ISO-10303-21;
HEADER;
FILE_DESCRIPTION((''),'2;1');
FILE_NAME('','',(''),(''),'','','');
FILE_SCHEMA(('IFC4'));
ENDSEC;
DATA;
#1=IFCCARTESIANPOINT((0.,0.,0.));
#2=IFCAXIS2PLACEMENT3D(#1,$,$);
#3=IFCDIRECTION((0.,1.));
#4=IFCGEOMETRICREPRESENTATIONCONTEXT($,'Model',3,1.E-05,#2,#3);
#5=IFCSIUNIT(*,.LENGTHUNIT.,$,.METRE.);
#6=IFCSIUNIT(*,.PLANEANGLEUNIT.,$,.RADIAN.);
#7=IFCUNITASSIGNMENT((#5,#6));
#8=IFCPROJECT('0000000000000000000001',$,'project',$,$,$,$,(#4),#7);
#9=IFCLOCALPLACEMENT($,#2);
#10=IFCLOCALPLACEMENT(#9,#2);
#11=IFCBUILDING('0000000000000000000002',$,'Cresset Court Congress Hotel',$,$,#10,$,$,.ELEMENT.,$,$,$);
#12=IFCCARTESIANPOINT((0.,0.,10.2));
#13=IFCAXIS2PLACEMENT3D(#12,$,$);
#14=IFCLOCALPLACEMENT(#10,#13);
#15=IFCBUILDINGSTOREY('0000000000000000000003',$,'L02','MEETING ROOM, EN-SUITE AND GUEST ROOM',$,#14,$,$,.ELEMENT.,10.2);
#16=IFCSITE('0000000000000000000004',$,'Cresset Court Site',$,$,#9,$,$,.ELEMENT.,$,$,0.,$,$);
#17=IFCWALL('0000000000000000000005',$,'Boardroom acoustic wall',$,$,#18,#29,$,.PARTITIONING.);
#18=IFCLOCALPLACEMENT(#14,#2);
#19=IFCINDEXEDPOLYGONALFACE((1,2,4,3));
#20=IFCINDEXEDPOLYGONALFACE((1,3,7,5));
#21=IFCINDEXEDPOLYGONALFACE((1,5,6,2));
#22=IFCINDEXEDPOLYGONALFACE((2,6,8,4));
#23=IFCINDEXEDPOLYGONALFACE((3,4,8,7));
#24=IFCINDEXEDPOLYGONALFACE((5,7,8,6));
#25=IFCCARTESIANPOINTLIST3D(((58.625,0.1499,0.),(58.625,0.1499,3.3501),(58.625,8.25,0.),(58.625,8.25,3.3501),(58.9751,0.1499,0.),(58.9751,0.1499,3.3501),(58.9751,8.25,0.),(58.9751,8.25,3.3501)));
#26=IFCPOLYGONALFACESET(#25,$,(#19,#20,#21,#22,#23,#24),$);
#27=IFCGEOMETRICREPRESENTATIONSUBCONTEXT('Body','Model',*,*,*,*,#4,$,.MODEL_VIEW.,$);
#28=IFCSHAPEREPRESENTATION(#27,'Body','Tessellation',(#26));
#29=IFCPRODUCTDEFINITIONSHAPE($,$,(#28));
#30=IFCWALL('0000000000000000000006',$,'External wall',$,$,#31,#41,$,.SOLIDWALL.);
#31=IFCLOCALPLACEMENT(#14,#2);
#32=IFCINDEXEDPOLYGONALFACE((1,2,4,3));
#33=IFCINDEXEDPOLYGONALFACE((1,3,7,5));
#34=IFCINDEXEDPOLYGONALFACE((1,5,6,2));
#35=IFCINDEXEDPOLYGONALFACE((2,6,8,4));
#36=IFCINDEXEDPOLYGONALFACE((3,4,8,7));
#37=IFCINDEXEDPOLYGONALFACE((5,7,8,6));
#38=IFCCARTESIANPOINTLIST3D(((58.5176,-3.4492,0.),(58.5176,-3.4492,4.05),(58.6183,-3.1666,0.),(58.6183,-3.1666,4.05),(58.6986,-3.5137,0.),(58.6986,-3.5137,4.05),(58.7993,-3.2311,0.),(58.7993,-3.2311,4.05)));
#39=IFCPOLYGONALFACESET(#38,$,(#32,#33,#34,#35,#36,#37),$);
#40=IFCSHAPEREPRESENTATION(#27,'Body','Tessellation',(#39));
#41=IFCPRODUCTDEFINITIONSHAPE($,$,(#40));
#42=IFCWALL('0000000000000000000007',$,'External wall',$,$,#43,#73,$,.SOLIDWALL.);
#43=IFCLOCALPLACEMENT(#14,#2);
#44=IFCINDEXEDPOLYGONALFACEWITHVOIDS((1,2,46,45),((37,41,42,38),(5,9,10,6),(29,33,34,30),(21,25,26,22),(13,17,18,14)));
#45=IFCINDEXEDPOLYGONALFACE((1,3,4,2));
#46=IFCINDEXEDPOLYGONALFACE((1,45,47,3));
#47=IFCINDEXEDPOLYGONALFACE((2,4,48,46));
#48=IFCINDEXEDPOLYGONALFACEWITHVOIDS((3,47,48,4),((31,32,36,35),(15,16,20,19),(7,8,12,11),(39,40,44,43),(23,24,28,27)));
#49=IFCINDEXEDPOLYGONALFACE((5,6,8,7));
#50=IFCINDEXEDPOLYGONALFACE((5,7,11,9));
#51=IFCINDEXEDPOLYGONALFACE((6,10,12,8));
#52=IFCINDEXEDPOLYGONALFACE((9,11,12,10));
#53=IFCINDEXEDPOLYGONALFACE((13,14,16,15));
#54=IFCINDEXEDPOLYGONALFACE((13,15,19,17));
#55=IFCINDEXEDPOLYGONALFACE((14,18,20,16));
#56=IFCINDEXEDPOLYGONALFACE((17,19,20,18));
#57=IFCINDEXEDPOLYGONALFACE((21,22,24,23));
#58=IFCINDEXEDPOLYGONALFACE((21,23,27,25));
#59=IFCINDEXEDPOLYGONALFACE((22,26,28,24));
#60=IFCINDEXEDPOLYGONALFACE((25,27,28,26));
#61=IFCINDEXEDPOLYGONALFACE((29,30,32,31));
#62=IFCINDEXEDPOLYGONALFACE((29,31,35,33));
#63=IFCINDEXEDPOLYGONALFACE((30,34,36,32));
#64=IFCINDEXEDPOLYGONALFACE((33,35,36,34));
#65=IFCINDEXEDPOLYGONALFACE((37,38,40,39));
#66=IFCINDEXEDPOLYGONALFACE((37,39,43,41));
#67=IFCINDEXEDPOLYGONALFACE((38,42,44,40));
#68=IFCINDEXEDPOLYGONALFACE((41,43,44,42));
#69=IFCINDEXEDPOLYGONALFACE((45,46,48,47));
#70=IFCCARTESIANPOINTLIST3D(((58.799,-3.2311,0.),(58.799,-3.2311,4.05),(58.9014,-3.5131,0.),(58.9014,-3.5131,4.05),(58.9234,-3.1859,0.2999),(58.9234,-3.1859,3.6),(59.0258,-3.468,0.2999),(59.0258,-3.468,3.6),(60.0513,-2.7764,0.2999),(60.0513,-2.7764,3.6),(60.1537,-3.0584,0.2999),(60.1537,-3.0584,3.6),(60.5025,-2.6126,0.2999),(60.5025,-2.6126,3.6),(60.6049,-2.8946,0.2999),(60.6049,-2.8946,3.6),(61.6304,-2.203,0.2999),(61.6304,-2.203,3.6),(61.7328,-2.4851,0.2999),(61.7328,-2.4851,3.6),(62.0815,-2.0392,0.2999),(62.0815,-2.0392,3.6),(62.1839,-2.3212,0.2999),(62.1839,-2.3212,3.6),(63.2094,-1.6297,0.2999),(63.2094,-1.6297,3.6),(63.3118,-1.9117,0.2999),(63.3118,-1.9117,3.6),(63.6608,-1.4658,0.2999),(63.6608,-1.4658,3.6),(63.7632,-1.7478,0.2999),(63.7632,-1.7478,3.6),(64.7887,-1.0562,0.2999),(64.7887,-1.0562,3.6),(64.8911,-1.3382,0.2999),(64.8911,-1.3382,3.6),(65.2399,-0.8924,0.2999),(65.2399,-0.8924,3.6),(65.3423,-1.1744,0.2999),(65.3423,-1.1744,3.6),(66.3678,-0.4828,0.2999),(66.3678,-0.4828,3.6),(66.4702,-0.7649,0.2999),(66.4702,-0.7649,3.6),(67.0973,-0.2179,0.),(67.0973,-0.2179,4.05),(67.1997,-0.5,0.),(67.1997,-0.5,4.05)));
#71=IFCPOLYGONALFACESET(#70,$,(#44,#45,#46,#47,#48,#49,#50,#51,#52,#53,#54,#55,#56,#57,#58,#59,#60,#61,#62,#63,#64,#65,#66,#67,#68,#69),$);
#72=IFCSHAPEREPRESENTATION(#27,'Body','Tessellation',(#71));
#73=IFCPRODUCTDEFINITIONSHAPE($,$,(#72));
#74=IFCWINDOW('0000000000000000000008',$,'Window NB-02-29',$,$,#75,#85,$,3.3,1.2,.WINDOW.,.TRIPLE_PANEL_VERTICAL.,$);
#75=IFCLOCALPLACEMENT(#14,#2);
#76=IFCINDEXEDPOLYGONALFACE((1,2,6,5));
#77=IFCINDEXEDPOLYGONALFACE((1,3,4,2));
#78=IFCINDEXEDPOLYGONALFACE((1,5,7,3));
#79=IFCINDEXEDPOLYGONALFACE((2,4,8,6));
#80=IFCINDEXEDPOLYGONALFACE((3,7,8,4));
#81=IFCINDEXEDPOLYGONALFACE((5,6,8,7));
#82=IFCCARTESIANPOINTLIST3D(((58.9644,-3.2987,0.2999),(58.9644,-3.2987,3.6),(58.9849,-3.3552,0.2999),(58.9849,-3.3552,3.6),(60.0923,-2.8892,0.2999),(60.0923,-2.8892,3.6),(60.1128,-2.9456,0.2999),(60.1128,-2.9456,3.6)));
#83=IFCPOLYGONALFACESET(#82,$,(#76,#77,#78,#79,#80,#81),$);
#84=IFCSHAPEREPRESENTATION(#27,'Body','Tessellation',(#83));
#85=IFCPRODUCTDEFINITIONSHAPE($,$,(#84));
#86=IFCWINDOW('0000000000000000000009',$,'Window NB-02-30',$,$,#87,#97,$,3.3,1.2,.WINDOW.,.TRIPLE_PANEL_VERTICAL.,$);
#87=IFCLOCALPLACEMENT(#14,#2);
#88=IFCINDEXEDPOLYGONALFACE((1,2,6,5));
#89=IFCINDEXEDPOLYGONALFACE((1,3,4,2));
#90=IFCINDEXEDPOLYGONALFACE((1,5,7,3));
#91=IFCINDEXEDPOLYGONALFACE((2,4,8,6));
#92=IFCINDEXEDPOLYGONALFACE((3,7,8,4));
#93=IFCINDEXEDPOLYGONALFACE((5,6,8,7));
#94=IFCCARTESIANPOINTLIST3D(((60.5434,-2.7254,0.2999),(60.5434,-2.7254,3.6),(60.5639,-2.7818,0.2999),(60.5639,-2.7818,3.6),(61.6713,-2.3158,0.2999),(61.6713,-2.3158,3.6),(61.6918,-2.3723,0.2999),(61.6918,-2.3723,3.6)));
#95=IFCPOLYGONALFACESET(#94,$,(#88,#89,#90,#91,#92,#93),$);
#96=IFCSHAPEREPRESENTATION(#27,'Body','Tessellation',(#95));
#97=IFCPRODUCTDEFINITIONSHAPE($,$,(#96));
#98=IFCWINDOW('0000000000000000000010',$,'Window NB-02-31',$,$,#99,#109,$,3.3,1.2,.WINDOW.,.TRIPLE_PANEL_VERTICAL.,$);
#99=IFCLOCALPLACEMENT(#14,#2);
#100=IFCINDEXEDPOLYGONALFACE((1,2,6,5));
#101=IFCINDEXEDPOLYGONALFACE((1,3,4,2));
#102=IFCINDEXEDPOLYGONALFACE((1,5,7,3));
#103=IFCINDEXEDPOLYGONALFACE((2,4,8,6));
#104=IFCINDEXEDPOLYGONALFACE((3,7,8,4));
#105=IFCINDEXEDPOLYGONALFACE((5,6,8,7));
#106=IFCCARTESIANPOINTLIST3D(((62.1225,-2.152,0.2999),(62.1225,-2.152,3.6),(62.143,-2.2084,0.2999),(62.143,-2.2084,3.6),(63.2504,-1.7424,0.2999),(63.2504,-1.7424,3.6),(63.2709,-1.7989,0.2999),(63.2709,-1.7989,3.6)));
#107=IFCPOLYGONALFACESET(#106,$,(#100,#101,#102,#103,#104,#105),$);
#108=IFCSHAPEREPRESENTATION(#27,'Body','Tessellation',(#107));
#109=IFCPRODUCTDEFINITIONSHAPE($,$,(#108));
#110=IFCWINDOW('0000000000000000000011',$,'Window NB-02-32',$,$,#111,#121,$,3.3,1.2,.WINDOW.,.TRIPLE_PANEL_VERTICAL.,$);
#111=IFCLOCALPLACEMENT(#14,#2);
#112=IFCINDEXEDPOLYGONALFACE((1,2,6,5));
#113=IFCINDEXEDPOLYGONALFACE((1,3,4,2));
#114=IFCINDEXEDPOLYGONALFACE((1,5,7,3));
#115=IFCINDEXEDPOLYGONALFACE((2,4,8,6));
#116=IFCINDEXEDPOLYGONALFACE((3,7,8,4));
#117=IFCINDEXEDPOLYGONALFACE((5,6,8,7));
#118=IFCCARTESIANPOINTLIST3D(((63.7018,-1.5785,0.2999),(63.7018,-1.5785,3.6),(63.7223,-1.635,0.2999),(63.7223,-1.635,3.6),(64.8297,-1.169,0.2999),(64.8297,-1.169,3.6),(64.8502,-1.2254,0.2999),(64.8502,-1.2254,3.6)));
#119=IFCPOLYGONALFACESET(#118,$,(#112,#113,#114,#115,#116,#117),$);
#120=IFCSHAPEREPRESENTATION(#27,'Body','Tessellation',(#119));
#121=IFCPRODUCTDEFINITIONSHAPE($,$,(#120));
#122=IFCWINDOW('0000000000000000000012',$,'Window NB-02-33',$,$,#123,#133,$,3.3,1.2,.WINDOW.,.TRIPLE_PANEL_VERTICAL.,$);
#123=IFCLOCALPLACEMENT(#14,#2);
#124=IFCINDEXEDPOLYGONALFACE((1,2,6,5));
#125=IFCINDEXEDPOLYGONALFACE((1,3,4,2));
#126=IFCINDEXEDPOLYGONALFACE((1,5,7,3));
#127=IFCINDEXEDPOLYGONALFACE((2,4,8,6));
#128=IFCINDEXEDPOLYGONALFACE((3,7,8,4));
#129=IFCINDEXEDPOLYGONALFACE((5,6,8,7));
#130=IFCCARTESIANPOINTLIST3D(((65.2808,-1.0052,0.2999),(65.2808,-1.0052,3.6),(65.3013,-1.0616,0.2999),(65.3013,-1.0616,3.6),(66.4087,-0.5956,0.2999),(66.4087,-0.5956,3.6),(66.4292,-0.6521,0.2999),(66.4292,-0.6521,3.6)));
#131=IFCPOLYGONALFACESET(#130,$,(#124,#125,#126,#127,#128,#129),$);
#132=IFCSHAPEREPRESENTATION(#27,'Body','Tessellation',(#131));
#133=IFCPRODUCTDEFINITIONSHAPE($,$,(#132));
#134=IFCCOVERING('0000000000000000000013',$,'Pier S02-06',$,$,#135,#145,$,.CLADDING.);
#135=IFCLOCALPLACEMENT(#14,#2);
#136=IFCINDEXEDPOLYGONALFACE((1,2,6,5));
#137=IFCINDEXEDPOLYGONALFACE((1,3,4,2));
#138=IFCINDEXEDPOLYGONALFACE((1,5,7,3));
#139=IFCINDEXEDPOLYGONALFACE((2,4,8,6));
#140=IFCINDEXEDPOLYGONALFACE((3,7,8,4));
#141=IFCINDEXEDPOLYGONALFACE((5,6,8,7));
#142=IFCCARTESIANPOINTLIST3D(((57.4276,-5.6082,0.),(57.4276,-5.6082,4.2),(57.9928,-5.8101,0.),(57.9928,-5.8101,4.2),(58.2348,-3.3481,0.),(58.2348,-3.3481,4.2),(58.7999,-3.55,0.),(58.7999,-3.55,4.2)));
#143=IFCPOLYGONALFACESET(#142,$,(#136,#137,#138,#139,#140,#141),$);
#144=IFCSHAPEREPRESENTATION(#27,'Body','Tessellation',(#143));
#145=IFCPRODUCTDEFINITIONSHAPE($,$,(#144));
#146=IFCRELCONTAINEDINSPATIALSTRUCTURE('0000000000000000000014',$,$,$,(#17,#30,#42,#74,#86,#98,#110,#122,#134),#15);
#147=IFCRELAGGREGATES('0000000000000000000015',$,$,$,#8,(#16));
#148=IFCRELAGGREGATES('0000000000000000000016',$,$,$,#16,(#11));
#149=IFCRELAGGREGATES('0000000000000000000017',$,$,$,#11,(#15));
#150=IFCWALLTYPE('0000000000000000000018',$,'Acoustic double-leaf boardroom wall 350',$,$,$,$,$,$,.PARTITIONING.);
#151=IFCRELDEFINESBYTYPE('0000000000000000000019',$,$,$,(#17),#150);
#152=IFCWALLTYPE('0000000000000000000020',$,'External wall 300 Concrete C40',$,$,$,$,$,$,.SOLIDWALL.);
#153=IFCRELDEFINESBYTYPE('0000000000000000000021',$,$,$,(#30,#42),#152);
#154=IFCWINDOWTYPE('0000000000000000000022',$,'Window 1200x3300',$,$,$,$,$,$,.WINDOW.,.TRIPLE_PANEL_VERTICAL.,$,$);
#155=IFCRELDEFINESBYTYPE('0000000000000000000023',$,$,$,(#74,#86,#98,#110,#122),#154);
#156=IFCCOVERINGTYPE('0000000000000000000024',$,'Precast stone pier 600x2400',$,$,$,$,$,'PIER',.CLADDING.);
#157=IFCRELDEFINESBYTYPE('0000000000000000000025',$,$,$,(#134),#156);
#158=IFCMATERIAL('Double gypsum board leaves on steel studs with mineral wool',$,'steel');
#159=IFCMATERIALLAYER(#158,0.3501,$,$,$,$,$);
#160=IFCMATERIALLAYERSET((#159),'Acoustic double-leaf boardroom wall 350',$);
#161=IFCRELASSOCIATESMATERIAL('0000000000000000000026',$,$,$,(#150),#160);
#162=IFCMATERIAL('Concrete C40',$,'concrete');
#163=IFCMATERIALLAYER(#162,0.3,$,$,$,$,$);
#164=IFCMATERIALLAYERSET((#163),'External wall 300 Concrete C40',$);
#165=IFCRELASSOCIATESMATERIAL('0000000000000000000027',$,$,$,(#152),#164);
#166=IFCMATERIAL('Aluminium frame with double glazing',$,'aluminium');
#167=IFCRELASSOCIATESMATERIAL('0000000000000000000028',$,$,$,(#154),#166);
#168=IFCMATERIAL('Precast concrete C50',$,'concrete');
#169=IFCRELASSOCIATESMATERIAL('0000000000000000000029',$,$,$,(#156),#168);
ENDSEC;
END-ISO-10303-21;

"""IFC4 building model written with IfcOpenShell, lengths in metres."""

from ifc_helpers import new_model, si_unit, direction, frame, frame_2d, origin, origin_2d, place, context, subcontext, project, spatial, rectangle, extrude, material, layer, layer_set, type_object, element, fill, save


model = new_model("IFC4")

# Units and contexts
model_context = context("Model", 3, precision=1e-05, world=origin(), true_north=direction((0.0, 1.0)))
body_context = subcontext(model_context, "Body", "Model", "MODEL_VIEW")
ifc_project = project(units=[si_unit("LENGTHUNIT", "METRE"), si_unit("PLANEANGLEUNIT", "RADIAN")], contexts=[model_context])

# Site, building, storey
site_placement = place(None, origin())
site = spatial("IfcSite", under=ifc_project, at=site_placement, Name="Cresset Court Site", CompositionType="ELEMENT", RefElevation=0.0)
building_placement = place(site_placement, origin())
building = spatial("IfcBuilding", under=site, at=building_placement, Name="Cresset Court Congress Hotel", CompositionType="ELEMENT")
storey_placement = place(building_placement, frame((0.0, 0.0, 10.2)))
storey = spatial("IfcBuildingStorey", under=building, at=storey_placement, Name="L02", Description="MEETING ROOM, EN-SUITE AND GUEST ROOM", CompositionType="ELEMENT", Elevation=10.2)

# Walls
ifc_material_1 = material(Name="Double gypsum board leaves on steel studs with mineral wool", Category="steel")
ifc_layer_1 = layer(ifc_material_1, 0.3501)
ifc_layer_set_1 = layer_set([ifc_layer_1], Name="Acoustic double-leaf boardroom wall 350")
wall_type_1 = type_object("IfcWallType", Name="Acoustic double-leaf boardroom wall 350", PredefinedType="PARTITIONING", material=ifc_layer_set_1)
wall_1_placement = place(storey_placement, frame((58.8, 0.1499, 0.0), z_axis=(0.0, 0.0, 1.0), x_axis=(0.0, 1.0, 0.0)))
element("IfcWall", 1, at=wall_1_placement, inside=storey, type_object=wall_type_1, Name="Boardroom acoustic wall", PredefinedType="PARTITIONING", context=body_context, shape_type="SweptSolid", body=[
    extrude(rectangle(XDim=8.1001, YDim=0.3501, at=frame_2d((4.05, 0.0))), origin(), (0.0, 0.0, 1.0), 3.3501),
])
ifc_material_2 = material(Name="Concrete C40", Category="concrete")
ifc_layer_2 = layer(ifc_material_2, 0.3)
ifc_layer_set_2 = layer_set([ifc_layer_2], Name="External wall 300 Concrete C40")
wall_type_2 = type_object("IfcWallType", Name="External wall 300 Concrete C40", PredefinedType="SOLIDWALL", material=ifc_layer_set_2)
wall_2_placement = place(storey_placement, frame((58.5679, -3.3079, 0.0), z_axis=(0.0, 0.0, 1.0), x_axis=(0.942, -0.335612, 0.0)))
element("IfcWall", 2, at=wall_2_placement, inside=storey, type_object=wall_type_2, Name="External wall", PredefinedType="SOLIDWALL", context=body_context, shape_type="SweptSolid", body=[
    extrude(rectangle(XDim=0.1921, YDim=0.3, at=frame_2d((0.0962, 0.0))), origin(), (0.0, 0.0, 1.0), 4.05),
])

# Wall, openings, windows
wall_3_placement = place(storey_placement, frame((58.8503, -3.3721, 0.0), z_axis=(0.0, 0.0, 1.0), x_axis=(0.939953, 0.341303, 0.0)))
wall_3 = element("IfcWall", 3, at=wall_3_placement, inside=storey, type_object=wall_type_2, Name="External wall", PredefinedType="SOLIDWALL", context=body_context, shape_type="SweptSolid", body=[
    extrude(rectangle(XDim=8.8284, YDim=0.3, at=frame_2d((4.4141, 0.0))), origin(), (0.0, 0.0, 1.0), 4.05),
])
opening_1_placement = place(wall_3_placement, frame((0.1321, 0.0, 0.3)))
opening_1 = element("IfcOpeningElement", 4, at=opening_1_placement, cuts=wall_3, PredefinedType="OPENING", context=body_context, shape_type="SweptSolid", body=[
    extrude(rectangle(XDim=1.2, YDim=3.3, at=frame_2d((0.6001, 1.6499))), frame((0.0, 0.1599, 0.0), z_axis=(0.0, -1.0, 0.0), x_axis=(1.0, 0.0, 0.0)), (0.0, 0.0, 1.0), 0.3201),
])
opening_2_placement = place(wall_3_placement, frame((1.812, 0.0, 0.3)))
opening_2 = element("IfcOpeningElement", 5, at=opening_2_placement, cuts=wall_3, PredefinedType="OPENING", context=body_context, shape_type="SweptSolid", body=[
    extrude(rectangle(XDim=1.2, YDim=3.3, at=frame_2d((0.6001, 1.6499))), frame((0.0, 0.1599, 0.0), z_axis=(0.0, -1.0, 0.0), x_axis=(1.0, 0.0, 0.0)), (0.0, 0.0, 1.0), 0.3201),
])
opening_3_placement = place(wall_3_placement, frame((3.4919, 0.0, 0.3)))
opening_3 = element("IfcOpeningElement", 6, at=opening_3_placement, cuts=wall_3, PredefinedType="OPENING", context=body_context, shape_type="SweptSolid", body=[
    extrude(rectangle(XDim=1.2, YDim=3.3, at=frame_2d((0.6001, 1.6499))), frame((0.0, 0.1599, 0.0), z_axis=(0.0, -1.0, 0.0), x_axis=(1.0, 0.0, 0.0)), (0.0, 0.0, 1.0), 0.3201),
])
opening_4_placement = place(wall_3_placement, frame((5.1721, 0.0, 0.3)))
opening_4 = element("IfcOpeningElement", 7, at=opening_4_placement, cuts=wall_3, PredefinedType="OPENING", context=body_context, shape_type="SweptSolid", body=[
    extrude(rectangle(XDim=1.2, YDim=3.3, at=frame_2d((0.6001, 1.6499))), frame((0.0, 0.1599, 0.0), z_axis=(0.0, -1.0, 0.0), x_axis=(1.0, 0.0, 0.0)), (0.0, 0.0, 1.0), 0.3201),
])
opening_5_placement = place(wall_3_placement, frame((6.8521, 0.0, 0.3)))
opening_5 = element("IfcOpeningElement", 8, at=opening_5_placement, cuts=wall_3, PredefinedType="OPENING", context=body_context, shape_type="SweptSolid", body=[
    extrude(rectangle(XDim=1.2, YDim=3.3, at=frame_2d((0.6001, 1.6499))), frame((0.0, 0.1599, 0.0), z_axis=(0.0, -1.0, 0.0), x_axis=(1.0, 0.0, 0.0)), (0.0, 0.0, 1.0), 0.3201),
])
ifc_material_3 = material(Name="Aluminium frame with double glazing", Category="aluminium")
window_type = type_object("IfcWindowType", Name="Window 1200x3300", PartitioningType="TRIPLE_PANEL_VERTICAL", PredefinedType="WINDOW", material=ifc_material_3)
window_1_placement = place(opening_1_placement, origin())
window_1 = element("IfcWindow", 9, at=window_1_placement, inside=storey, type_object=window_type, Name="Window NB-02-29", OverallHeight=3.3, OverallWidth=1.2, PartitioningType="TRIPLE_PANEL_VERTICAL", PredefinedType="WINDOW", context=body_context, shape_type="SweptSolid", body=[
    extrude(rectangle(XDim=1.2, YDim=3.3, at=frame_2d((0.6001, 1.6499))), frame((0.0, 0.03, 0.0), z_axis=(0.0, -1.0, 0.0), x_axis=(1.0, 0.0, 0.0)), (0.0, 0.0, 1.0), 0.0601),
])
fill(opening_1, window_1)
window_2_placement = place(opening_2_placement, origin())
window_2 = element("IfcWindow", 10, at=window_2_placement, inside=storey, type_object=window_type, Name="Window NB-02-30", OverallHeight=3.3, OverallWidth=1.2, PartitioningType="TRIPLE_PANEL_VERTICAL", PredefinedType="WINDOW", context=body_context, shape_type="SweptSolid", body=[
    extrude(rectangle(XDim=1.2, YDim=3.3, at=frame_2d((0.6001, 1.6499))), frame((0.0, 0.03, 0.0), z_axis=(0.0, -1.0, 0.0), x_axis=(1.0, 0.0, 0.0)), (0.0, 0.0, 1.0), 0.0601),
])
fill(opening_2, window_2)
window_3_placement = place(opening_3_placement, origin())
window_3 = element("IfcWindow", 11, at=window_3_placement, inside=storey, type_object=window_type, Name="Window NB-02-31", OverallHeight=3.3, OverallWidth=1.2, PartitioningType="TRIPLE_PANEL_VERTICAL", PredefinedType="WINDOW", context=body_context, shape_type="SweptSolid", body=[
    extrude(rectangle(XDim=1.2, YDim=3.3, at=frame_2d((0.6001, 1.6499))), frame((0.0, 0.03, 0.0), z_axis=(0.0, -1.0, 0.0), x_axis=(1.0, 0.0, 0.0)), (0.0, 0.0, 1.0), 0.0601),
])
fill(opening_3, window_3)
window_4_placement = place(opening_4_placement, origin())
window_4 = element("IfcWindow", 12, at=window_4_placement, inside=storey, type_object=window_type, Name="Window NB-02-32", OverallHeight=3.3, OverallWidth=1.2, PartitioningType="TRIPLE_PANEL_VERTICAL", PredefinedType="WINDOW", context=body_context, shape_type="SweptSolid", body=[
    extrude(rectangle(XDim=1.2, YDim=3.3, at=frame_2d((0.6001, 1.6499))), frame((0.0, 0.03, 0.0), z_axis=(0.0, -1.0, 0.0), x_axis=(1.0, 0.0, 0.0)), (0.0, 0.0, 1.0), 0.0601),
])
fill(opening_4, window_4)
window_5_placement = place(opening_5_placement, origin())
window_5 = element("IfcWindow", 13, at=window_5_placement, inside=storey, type_object=window_type, Name="Window NB-02-33", OverallHeight=3.3, OverallWidth=1.2, PartitioningType="TRIPLE_PANEL_VERTICAL", PredefinedType="WINDOW", context=body_context, shape_type="SweptSolid", body=[
    extrude(rectangle(XDim=1.2, YDim=3.3, at=frame_2d((0.6001, 1.6499))), frame((0.0, 0.03, 0.0), z_axis=(0.0, -1.0, 0.0), x_axis=(1.0, 0.0, 0.0)), (0.0, 0.0, 1.0), 0.0601),
])
fill(opening_5, window_5)

# Covering
ifc_material_4 = material(Name="Precast concrete C50", Category="concrete")
covering_type = type_object("IfcCoveringType", Name="Precast stone pier 600x2400", ElementType="PIER", PredefinedType="CLADDING", material=ifc_material_4)
covering_placement = place(storey_placement, frame((58.1138, -4.5791, 0.0), z_axis=(0.0, 0.0, 1.0), x_axis=(0.941742, -0.336336, 0.0)))
element("IfcCovering", 14, at=covering_placement, inside=storey, type_object=covering_type, Name="Pier S02-06", PredefinedType="CLADDING", context=body_context, shape_type="SweptSolid", body=[
    extrude(rectangle(XDim=0.6001, YDim=2.3999, at=origin_2d()), origin(), (0.0, 0.0, 1.0), 4.2),
])

save(model, "model.ifc")
